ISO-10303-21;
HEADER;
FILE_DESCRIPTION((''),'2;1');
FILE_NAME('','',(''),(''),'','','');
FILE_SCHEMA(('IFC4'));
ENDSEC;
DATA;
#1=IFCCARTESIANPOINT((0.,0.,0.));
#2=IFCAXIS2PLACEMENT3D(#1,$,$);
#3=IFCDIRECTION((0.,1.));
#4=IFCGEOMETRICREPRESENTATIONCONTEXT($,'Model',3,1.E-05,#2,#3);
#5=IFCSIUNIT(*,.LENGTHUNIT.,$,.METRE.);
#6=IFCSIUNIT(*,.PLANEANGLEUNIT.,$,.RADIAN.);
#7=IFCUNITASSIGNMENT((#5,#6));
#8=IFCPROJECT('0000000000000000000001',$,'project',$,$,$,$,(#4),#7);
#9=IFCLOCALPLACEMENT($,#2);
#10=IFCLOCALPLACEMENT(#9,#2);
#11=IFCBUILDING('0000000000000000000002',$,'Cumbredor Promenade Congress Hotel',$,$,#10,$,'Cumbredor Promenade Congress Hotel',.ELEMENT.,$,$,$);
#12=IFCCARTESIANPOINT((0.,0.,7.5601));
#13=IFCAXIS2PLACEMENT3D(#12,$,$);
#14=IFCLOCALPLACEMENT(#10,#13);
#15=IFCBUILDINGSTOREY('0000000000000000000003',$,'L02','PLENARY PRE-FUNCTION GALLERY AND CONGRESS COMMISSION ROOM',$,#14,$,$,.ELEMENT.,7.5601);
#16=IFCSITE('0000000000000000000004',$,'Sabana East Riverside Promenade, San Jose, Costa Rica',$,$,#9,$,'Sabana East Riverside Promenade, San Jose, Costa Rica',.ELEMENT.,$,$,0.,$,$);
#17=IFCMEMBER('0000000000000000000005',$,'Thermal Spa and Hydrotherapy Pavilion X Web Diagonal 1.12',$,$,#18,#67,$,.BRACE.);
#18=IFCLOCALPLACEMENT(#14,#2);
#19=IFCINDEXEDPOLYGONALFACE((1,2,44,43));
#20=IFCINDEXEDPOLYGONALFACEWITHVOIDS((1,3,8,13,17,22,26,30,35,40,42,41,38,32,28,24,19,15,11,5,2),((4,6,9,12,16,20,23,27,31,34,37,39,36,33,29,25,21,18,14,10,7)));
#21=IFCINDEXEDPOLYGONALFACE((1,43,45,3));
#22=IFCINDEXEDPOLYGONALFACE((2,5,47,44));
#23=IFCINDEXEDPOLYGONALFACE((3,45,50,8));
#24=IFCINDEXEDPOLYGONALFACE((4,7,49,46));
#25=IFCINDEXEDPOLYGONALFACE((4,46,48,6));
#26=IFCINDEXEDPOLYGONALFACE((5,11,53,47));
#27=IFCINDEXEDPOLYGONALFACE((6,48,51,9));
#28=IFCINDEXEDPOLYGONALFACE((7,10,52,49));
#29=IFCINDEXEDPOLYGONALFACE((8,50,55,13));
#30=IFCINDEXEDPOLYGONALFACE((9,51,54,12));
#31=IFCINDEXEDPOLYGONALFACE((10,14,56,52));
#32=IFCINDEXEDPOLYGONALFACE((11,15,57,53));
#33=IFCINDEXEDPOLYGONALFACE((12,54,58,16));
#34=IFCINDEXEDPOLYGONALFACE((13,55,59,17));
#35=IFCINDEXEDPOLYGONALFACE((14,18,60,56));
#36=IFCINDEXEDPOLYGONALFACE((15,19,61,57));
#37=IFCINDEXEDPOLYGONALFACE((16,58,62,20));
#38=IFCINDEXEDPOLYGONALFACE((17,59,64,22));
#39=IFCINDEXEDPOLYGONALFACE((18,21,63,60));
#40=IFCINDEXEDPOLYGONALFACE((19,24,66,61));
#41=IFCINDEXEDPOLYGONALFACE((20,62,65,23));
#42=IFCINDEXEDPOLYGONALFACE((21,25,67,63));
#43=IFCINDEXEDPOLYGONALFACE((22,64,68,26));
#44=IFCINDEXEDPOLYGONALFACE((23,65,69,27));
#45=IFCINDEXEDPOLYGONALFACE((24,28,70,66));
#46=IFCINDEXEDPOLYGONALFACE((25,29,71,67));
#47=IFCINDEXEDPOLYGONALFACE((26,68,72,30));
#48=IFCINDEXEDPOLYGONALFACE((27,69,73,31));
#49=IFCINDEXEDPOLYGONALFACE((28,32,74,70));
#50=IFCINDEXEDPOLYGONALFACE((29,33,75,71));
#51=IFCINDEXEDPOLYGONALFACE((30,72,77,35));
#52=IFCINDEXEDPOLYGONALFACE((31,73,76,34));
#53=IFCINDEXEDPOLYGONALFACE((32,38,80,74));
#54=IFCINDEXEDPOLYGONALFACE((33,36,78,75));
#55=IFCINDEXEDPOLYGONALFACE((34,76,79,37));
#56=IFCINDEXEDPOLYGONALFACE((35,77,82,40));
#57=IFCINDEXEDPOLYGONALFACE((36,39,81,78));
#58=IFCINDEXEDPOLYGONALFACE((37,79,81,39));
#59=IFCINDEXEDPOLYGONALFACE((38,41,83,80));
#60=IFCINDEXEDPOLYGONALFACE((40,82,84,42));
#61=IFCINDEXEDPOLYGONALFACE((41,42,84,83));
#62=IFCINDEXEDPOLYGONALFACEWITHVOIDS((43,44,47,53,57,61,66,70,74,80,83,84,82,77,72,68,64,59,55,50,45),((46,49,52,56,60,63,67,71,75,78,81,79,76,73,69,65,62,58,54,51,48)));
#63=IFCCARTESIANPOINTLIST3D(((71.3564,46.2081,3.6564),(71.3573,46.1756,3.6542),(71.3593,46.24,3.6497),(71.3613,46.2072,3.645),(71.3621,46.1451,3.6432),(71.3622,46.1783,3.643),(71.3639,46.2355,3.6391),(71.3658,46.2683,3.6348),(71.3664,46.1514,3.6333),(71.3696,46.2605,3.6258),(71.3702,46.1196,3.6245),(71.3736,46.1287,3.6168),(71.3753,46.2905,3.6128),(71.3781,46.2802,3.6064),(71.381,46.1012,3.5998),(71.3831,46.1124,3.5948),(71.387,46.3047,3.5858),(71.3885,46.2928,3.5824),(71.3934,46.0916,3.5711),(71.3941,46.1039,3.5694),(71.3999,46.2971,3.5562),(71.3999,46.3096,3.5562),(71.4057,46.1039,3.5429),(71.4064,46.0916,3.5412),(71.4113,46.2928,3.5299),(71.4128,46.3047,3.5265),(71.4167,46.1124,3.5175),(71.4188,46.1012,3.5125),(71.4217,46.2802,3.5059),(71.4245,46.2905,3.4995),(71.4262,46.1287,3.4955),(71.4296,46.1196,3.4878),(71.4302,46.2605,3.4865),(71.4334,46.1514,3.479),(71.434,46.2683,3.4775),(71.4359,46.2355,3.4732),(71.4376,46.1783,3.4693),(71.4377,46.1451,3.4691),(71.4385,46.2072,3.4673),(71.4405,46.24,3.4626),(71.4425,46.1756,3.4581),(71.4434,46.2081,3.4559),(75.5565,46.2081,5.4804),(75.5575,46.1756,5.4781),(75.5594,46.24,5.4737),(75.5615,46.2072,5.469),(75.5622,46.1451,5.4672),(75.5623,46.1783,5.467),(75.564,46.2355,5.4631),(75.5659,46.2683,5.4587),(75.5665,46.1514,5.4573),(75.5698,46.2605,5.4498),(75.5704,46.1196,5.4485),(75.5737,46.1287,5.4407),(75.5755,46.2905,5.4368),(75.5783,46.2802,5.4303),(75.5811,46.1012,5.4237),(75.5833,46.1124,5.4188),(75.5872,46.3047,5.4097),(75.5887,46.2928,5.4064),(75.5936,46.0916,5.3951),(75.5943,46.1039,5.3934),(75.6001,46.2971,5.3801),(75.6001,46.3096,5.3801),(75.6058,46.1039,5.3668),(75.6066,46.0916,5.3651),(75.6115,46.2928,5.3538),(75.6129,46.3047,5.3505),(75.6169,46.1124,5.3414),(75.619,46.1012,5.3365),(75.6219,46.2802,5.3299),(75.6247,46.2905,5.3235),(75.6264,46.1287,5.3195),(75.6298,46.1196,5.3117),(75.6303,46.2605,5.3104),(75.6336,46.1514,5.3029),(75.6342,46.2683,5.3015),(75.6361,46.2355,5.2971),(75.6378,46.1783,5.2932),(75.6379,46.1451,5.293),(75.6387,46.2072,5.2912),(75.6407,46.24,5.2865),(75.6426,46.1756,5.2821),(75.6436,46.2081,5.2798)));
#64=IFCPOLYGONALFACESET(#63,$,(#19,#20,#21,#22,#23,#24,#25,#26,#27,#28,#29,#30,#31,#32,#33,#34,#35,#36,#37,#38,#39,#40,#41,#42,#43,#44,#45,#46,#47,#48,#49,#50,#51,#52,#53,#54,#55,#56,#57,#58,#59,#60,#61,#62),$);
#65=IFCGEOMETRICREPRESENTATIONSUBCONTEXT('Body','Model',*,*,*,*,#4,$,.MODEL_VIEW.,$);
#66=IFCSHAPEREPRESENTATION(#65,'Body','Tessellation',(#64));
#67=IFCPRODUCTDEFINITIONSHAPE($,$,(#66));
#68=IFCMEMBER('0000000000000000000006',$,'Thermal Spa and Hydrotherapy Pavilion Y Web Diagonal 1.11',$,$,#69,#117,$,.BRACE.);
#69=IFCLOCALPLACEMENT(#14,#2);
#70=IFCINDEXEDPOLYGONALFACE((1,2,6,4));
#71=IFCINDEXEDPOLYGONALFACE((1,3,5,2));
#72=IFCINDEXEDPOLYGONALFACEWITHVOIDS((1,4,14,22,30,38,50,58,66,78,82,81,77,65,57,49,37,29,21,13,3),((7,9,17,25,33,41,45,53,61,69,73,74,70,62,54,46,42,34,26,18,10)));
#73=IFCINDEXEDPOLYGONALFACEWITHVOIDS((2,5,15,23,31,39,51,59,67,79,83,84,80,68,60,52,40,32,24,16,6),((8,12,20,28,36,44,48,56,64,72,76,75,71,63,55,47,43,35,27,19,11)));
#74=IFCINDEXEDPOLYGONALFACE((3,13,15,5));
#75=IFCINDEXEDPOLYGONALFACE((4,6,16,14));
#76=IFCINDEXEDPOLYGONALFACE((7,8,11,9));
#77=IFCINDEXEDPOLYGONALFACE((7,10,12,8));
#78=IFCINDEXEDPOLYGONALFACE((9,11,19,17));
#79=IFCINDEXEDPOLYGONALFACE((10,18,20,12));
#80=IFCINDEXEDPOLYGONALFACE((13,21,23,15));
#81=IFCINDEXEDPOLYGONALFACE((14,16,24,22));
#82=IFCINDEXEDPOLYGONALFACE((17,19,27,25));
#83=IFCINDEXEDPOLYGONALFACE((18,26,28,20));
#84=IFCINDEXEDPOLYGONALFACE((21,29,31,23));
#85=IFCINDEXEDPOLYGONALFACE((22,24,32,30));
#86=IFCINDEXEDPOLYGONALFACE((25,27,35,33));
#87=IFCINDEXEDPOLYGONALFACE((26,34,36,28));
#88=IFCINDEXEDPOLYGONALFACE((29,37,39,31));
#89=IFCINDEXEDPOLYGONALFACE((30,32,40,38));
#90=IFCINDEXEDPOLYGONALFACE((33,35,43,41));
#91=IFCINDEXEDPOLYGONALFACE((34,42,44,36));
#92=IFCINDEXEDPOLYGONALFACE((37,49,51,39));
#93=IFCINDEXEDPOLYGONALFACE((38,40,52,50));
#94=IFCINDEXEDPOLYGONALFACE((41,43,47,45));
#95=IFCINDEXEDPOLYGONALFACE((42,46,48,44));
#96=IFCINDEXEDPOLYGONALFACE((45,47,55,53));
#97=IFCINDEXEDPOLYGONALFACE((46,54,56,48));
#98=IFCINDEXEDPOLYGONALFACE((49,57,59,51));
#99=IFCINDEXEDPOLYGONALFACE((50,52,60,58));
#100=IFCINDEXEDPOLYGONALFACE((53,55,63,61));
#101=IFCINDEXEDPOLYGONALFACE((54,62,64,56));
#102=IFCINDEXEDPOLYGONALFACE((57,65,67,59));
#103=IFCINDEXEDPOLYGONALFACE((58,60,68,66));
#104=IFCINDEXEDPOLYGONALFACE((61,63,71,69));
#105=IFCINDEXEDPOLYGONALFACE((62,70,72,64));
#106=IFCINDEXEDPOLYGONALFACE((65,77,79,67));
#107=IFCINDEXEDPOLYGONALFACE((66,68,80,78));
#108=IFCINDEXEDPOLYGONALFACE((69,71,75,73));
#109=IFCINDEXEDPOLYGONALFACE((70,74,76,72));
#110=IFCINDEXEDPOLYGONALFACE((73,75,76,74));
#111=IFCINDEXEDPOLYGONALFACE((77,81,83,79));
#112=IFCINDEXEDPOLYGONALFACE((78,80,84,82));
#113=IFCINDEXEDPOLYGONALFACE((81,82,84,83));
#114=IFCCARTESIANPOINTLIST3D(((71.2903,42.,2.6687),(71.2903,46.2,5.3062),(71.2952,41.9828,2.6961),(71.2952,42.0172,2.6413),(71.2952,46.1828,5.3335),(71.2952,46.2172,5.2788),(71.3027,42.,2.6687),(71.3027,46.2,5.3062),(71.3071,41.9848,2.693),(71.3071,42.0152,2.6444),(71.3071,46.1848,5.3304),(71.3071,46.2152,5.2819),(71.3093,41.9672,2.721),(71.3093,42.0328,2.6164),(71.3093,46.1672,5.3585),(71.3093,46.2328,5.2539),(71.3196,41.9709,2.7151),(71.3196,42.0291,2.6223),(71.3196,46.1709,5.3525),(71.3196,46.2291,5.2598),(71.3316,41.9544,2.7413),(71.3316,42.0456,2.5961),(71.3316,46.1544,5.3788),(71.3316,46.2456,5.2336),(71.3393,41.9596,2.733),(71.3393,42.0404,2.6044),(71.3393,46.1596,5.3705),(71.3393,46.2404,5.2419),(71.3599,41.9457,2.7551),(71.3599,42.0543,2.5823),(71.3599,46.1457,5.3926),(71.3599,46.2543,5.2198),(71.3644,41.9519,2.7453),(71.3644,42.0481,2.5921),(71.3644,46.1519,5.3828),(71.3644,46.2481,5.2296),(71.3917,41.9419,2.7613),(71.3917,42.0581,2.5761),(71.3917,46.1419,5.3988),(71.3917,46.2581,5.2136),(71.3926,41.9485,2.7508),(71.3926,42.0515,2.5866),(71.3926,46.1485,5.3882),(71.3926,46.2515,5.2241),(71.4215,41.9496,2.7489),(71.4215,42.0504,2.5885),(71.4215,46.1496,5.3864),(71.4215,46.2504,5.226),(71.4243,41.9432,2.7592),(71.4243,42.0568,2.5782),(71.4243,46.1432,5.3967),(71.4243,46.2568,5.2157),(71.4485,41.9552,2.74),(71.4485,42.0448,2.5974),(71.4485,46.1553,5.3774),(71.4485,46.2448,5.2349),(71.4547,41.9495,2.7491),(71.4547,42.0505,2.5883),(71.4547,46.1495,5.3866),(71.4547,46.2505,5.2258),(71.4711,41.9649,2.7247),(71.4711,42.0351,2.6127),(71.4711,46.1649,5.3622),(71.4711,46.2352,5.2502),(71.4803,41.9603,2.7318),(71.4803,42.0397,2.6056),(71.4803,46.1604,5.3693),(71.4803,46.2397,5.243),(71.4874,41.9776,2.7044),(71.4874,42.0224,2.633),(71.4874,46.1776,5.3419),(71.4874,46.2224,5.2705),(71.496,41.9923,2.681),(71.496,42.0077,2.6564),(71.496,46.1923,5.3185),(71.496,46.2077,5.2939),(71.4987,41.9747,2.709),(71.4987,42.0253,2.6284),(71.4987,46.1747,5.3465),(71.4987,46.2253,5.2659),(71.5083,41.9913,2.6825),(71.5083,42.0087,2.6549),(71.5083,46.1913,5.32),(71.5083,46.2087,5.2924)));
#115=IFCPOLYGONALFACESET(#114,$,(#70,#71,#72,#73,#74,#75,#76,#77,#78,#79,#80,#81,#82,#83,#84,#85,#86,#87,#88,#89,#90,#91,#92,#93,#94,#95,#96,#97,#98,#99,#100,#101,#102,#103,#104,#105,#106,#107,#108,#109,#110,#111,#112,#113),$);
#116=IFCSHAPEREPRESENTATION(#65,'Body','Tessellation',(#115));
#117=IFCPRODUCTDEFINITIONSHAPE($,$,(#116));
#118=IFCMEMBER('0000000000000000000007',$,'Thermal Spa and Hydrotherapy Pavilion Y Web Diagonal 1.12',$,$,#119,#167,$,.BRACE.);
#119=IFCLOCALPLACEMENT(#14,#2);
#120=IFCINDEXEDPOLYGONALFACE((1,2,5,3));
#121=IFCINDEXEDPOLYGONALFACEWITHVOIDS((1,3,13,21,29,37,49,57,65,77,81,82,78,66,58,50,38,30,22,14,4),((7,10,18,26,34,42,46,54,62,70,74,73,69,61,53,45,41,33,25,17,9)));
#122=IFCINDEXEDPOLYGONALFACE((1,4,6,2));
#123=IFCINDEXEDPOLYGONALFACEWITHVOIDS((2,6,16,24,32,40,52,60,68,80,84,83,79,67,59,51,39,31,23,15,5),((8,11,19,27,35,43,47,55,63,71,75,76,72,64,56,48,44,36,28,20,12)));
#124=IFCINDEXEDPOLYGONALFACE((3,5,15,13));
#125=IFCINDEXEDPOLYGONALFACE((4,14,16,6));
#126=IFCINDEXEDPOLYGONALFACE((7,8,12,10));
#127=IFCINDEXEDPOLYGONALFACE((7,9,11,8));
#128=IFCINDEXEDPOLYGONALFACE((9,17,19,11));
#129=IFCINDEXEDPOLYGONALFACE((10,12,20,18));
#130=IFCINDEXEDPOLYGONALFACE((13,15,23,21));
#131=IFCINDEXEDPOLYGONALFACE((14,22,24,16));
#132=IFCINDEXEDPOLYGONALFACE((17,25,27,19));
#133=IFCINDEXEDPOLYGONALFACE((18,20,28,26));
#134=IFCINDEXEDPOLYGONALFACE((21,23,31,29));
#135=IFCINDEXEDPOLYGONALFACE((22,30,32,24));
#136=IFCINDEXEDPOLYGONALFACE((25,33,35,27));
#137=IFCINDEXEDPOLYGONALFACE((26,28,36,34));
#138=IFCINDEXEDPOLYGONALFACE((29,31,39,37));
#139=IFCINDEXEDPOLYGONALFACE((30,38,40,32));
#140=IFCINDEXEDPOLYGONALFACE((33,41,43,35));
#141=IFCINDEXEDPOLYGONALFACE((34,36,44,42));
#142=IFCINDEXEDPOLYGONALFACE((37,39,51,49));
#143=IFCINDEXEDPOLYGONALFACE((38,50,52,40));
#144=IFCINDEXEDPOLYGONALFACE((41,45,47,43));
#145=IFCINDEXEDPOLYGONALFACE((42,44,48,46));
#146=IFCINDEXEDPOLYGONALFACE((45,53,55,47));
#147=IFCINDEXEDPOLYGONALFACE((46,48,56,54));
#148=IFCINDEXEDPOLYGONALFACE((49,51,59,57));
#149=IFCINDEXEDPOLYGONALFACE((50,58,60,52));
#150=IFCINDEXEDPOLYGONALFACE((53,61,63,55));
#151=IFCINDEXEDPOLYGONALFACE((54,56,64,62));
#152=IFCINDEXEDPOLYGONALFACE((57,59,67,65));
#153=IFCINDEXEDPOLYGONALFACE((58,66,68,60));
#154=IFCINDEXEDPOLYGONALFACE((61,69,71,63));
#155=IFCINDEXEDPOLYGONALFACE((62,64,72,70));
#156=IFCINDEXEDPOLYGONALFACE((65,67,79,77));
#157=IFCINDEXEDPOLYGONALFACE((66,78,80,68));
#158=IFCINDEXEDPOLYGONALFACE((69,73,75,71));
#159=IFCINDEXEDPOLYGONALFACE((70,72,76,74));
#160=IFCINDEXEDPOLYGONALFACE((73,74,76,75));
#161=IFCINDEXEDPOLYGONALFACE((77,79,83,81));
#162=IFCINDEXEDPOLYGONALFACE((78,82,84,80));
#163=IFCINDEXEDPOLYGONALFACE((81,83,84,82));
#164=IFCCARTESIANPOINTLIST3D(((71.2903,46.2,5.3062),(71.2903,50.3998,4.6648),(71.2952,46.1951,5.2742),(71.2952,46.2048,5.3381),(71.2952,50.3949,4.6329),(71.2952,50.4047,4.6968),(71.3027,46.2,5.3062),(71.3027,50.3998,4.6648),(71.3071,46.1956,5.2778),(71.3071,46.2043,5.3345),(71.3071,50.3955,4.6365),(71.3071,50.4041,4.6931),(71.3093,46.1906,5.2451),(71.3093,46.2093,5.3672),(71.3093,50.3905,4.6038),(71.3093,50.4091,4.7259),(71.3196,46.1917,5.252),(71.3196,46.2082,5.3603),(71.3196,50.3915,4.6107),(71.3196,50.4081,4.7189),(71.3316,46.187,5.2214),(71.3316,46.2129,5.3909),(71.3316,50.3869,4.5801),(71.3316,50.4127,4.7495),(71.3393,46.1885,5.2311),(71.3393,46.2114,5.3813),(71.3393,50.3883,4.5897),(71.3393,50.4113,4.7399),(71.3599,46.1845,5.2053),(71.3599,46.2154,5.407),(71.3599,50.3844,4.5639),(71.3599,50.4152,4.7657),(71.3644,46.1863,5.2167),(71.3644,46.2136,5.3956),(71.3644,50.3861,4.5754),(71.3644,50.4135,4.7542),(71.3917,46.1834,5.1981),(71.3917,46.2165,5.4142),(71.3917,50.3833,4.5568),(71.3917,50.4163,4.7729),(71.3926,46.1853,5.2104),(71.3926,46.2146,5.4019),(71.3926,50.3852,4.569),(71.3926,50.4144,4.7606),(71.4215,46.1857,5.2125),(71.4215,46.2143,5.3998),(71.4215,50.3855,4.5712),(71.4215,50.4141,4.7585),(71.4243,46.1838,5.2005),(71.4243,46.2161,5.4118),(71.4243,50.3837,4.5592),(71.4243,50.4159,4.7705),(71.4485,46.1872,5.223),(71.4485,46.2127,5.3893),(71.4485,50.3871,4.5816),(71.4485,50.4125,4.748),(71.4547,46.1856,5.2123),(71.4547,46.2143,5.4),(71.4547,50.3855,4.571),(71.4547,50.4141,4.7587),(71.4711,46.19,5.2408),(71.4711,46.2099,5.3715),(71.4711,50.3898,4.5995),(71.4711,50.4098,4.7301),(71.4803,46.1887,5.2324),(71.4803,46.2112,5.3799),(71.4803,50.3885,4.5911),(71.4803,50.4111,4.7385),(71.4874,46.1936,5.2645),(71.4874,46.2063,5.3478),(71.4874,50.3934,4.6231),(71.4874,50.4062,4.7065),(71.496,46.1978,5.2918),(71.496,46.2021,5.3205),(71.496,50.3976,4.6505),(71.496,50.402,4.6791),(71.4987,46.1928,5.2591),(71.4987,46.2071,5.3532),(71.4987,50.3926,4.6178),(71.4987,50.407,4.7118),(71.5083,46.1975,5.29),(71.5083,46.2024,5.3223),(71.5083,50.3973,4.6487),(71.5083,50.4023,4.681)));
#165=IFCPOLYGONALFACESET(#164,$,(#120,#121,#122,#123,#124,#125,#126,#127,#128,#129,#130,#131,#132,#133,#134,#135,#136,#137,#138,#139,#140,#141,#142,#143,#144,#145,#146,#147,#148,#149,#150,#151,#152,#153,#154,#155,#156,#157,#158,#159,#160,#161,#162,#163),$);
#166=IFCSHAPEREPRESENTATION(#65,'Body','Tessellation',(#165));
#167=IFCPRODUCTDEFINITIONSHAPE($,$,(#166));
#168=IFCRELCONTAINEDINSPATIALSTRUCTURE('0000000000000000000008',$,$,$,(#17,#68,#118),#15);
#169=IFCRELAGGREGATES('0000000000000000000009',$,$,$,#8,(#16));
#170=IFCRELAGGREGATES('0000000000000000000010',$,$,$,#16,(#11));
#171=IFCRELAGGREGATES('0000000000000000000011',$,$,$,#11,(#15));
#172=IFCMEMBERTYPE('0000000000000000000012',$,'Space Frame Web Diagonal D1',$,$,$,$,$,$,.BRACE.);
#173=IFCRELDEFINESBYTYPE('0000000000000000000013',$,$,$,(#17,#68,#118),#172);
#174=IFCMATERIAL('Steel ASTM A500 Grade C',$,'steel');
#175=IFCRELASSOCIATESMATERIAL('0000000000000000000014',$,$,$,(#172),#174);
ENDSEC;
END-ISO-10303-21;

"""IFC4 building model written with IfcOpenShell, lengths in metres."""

from ifc_helpers import new_model, si_unit, direction, frame, origin, origin_2d, place, context, subcontext, project, spatial, hollow_circle, extrude, material, material_profile, profile_set, type_object, element, save


model = new_model("IFC4")

# Units and contexts
model_context = context("Model", 3, precision=1e-05, world=origin(), true_north=direction((0.0, 1.0)))
body_context = subcontext(model_context, "Body", "Model", "MODEL_VIEW")
ifc_project = project(units=[si_unit("LENGTHUNIT", "METRE"), si_unit("PLANEANGLEUNIT", "RADIAN")], contexts=[model_context])

# Site, building, storey
site_placement = place(None, origin())
site = spatial("IfcSite", under=ifc_project, at=site_placement, Name="Sabana East Riverside Promenade, San Jose, Costa Rica", LongName="Sabana East Riverside Promenade, San Jose, Costa Rica", CompositionType="ELEMENT", RefElevation=0.0)
building_placement = place(site_placement, origin())
building = spatial("IfcBuilding", under=site, at=building_placement, Name="Cumbredor Promenade Congress Hotel", LongName="Cumbredor Promenade Congress Hotel", CompositionType="ELEMENT")
storey_placement = place(building_placement, frame((0.0, 0.0, 7.5601)))
storey = spatial("IfcBuildingStorey", under=building, at=storey_placement, Name="L02", Description="PLENARY PRE-FUNCTION GALLERY AND CONGRESS COMMISSION ROOM", CompositionType="ELEMENT", Elevation=7.5601)

# Members
ifc_material_1 = material(Name="Steel ASTM A500 Grade C", Category="steel")
ifc_material_profile_1 = material_profile(ifc_material_1, hollow_circle(Radius=0.1096, WallThickness=0.0125, at=origin_2d()), Name="CHS 219.1x12.5")
ifc_profile_set_1 = profile_set([ifc_material_profile_1], Name="Steel ASTM A500 Grade C")
member_type_1 = type_object("IfcMemberType", Name="Space Frame Web Diagonal D1", PredefinedType="BRACE", material=ifc_profile_set_1)
member_1_placement = place(storey_placement, frame((71.3999, 46.2, 3.5562), z_axis=(0.917245, 0.0, 0.398323), x_axis=(0.0, 1.0, 0.0)))
element("IfcMember", 1, at=member_1_placement, inside=storey, type_object=member_type_1, Name="Thermal Spa and Hydrotherapy Pavilion X Web Diagonal 1.12", PredefinedType="BRACE", context=body_context, shape_type="SweptSolid", body=[
    extrude(hollow_circle(Radius=0.1096, WallThickness=0.0125, at=origin_2d()), origin(), (0.0, 0.0, 1.0), 4.5791),
])
member_2_placement = place(storey_placement, frame((71.3999, 42.0, 2.6687), z_axis=(0.0, 0.846865, 0.531808), x_axis=(-1.0, 0.0, 0.0)))
element("IfcMember", 2, at=member_2_placement, inside=storey, type_object=member_type_1, Name="Thermal Spa and Hydrotherapy Pavilion Y Web Diagonal 1.11", PredefinedType="BRACE", context=body_context, shape_type="SweptSolid", body=[
    extrude(hollow_circle(Radius=0.1096, WallThickness=0.0125, at=origin_2d()), origin(), (0.0, 0.0, 1.0), 4.9595),
])
member_3_placement = place(storey_placement, frame((71.3999, 46.2, 5.3062), z_axis=(0.0, 0.98854, -0.150956), x_axis=(-1.0, 0.0, 0.0)))
element("IfcMember", 3, at=member_3_placement, inside=storey, type_object=member_type_1, Name="Thermal Spa and Hydrotherapy Pavilion Y Web Diagonal 1.12", PredefinedType="BRACE", context=body_context, shape_type="SweptSolid", body=[
    extrude(hollow_circle(Radius=0.1096, WallThickness=0.0125, at=origin_2d()), origin(), (0.0, 0.0, 1.0), 4.2485),
])

save(model, "model.ifc")
